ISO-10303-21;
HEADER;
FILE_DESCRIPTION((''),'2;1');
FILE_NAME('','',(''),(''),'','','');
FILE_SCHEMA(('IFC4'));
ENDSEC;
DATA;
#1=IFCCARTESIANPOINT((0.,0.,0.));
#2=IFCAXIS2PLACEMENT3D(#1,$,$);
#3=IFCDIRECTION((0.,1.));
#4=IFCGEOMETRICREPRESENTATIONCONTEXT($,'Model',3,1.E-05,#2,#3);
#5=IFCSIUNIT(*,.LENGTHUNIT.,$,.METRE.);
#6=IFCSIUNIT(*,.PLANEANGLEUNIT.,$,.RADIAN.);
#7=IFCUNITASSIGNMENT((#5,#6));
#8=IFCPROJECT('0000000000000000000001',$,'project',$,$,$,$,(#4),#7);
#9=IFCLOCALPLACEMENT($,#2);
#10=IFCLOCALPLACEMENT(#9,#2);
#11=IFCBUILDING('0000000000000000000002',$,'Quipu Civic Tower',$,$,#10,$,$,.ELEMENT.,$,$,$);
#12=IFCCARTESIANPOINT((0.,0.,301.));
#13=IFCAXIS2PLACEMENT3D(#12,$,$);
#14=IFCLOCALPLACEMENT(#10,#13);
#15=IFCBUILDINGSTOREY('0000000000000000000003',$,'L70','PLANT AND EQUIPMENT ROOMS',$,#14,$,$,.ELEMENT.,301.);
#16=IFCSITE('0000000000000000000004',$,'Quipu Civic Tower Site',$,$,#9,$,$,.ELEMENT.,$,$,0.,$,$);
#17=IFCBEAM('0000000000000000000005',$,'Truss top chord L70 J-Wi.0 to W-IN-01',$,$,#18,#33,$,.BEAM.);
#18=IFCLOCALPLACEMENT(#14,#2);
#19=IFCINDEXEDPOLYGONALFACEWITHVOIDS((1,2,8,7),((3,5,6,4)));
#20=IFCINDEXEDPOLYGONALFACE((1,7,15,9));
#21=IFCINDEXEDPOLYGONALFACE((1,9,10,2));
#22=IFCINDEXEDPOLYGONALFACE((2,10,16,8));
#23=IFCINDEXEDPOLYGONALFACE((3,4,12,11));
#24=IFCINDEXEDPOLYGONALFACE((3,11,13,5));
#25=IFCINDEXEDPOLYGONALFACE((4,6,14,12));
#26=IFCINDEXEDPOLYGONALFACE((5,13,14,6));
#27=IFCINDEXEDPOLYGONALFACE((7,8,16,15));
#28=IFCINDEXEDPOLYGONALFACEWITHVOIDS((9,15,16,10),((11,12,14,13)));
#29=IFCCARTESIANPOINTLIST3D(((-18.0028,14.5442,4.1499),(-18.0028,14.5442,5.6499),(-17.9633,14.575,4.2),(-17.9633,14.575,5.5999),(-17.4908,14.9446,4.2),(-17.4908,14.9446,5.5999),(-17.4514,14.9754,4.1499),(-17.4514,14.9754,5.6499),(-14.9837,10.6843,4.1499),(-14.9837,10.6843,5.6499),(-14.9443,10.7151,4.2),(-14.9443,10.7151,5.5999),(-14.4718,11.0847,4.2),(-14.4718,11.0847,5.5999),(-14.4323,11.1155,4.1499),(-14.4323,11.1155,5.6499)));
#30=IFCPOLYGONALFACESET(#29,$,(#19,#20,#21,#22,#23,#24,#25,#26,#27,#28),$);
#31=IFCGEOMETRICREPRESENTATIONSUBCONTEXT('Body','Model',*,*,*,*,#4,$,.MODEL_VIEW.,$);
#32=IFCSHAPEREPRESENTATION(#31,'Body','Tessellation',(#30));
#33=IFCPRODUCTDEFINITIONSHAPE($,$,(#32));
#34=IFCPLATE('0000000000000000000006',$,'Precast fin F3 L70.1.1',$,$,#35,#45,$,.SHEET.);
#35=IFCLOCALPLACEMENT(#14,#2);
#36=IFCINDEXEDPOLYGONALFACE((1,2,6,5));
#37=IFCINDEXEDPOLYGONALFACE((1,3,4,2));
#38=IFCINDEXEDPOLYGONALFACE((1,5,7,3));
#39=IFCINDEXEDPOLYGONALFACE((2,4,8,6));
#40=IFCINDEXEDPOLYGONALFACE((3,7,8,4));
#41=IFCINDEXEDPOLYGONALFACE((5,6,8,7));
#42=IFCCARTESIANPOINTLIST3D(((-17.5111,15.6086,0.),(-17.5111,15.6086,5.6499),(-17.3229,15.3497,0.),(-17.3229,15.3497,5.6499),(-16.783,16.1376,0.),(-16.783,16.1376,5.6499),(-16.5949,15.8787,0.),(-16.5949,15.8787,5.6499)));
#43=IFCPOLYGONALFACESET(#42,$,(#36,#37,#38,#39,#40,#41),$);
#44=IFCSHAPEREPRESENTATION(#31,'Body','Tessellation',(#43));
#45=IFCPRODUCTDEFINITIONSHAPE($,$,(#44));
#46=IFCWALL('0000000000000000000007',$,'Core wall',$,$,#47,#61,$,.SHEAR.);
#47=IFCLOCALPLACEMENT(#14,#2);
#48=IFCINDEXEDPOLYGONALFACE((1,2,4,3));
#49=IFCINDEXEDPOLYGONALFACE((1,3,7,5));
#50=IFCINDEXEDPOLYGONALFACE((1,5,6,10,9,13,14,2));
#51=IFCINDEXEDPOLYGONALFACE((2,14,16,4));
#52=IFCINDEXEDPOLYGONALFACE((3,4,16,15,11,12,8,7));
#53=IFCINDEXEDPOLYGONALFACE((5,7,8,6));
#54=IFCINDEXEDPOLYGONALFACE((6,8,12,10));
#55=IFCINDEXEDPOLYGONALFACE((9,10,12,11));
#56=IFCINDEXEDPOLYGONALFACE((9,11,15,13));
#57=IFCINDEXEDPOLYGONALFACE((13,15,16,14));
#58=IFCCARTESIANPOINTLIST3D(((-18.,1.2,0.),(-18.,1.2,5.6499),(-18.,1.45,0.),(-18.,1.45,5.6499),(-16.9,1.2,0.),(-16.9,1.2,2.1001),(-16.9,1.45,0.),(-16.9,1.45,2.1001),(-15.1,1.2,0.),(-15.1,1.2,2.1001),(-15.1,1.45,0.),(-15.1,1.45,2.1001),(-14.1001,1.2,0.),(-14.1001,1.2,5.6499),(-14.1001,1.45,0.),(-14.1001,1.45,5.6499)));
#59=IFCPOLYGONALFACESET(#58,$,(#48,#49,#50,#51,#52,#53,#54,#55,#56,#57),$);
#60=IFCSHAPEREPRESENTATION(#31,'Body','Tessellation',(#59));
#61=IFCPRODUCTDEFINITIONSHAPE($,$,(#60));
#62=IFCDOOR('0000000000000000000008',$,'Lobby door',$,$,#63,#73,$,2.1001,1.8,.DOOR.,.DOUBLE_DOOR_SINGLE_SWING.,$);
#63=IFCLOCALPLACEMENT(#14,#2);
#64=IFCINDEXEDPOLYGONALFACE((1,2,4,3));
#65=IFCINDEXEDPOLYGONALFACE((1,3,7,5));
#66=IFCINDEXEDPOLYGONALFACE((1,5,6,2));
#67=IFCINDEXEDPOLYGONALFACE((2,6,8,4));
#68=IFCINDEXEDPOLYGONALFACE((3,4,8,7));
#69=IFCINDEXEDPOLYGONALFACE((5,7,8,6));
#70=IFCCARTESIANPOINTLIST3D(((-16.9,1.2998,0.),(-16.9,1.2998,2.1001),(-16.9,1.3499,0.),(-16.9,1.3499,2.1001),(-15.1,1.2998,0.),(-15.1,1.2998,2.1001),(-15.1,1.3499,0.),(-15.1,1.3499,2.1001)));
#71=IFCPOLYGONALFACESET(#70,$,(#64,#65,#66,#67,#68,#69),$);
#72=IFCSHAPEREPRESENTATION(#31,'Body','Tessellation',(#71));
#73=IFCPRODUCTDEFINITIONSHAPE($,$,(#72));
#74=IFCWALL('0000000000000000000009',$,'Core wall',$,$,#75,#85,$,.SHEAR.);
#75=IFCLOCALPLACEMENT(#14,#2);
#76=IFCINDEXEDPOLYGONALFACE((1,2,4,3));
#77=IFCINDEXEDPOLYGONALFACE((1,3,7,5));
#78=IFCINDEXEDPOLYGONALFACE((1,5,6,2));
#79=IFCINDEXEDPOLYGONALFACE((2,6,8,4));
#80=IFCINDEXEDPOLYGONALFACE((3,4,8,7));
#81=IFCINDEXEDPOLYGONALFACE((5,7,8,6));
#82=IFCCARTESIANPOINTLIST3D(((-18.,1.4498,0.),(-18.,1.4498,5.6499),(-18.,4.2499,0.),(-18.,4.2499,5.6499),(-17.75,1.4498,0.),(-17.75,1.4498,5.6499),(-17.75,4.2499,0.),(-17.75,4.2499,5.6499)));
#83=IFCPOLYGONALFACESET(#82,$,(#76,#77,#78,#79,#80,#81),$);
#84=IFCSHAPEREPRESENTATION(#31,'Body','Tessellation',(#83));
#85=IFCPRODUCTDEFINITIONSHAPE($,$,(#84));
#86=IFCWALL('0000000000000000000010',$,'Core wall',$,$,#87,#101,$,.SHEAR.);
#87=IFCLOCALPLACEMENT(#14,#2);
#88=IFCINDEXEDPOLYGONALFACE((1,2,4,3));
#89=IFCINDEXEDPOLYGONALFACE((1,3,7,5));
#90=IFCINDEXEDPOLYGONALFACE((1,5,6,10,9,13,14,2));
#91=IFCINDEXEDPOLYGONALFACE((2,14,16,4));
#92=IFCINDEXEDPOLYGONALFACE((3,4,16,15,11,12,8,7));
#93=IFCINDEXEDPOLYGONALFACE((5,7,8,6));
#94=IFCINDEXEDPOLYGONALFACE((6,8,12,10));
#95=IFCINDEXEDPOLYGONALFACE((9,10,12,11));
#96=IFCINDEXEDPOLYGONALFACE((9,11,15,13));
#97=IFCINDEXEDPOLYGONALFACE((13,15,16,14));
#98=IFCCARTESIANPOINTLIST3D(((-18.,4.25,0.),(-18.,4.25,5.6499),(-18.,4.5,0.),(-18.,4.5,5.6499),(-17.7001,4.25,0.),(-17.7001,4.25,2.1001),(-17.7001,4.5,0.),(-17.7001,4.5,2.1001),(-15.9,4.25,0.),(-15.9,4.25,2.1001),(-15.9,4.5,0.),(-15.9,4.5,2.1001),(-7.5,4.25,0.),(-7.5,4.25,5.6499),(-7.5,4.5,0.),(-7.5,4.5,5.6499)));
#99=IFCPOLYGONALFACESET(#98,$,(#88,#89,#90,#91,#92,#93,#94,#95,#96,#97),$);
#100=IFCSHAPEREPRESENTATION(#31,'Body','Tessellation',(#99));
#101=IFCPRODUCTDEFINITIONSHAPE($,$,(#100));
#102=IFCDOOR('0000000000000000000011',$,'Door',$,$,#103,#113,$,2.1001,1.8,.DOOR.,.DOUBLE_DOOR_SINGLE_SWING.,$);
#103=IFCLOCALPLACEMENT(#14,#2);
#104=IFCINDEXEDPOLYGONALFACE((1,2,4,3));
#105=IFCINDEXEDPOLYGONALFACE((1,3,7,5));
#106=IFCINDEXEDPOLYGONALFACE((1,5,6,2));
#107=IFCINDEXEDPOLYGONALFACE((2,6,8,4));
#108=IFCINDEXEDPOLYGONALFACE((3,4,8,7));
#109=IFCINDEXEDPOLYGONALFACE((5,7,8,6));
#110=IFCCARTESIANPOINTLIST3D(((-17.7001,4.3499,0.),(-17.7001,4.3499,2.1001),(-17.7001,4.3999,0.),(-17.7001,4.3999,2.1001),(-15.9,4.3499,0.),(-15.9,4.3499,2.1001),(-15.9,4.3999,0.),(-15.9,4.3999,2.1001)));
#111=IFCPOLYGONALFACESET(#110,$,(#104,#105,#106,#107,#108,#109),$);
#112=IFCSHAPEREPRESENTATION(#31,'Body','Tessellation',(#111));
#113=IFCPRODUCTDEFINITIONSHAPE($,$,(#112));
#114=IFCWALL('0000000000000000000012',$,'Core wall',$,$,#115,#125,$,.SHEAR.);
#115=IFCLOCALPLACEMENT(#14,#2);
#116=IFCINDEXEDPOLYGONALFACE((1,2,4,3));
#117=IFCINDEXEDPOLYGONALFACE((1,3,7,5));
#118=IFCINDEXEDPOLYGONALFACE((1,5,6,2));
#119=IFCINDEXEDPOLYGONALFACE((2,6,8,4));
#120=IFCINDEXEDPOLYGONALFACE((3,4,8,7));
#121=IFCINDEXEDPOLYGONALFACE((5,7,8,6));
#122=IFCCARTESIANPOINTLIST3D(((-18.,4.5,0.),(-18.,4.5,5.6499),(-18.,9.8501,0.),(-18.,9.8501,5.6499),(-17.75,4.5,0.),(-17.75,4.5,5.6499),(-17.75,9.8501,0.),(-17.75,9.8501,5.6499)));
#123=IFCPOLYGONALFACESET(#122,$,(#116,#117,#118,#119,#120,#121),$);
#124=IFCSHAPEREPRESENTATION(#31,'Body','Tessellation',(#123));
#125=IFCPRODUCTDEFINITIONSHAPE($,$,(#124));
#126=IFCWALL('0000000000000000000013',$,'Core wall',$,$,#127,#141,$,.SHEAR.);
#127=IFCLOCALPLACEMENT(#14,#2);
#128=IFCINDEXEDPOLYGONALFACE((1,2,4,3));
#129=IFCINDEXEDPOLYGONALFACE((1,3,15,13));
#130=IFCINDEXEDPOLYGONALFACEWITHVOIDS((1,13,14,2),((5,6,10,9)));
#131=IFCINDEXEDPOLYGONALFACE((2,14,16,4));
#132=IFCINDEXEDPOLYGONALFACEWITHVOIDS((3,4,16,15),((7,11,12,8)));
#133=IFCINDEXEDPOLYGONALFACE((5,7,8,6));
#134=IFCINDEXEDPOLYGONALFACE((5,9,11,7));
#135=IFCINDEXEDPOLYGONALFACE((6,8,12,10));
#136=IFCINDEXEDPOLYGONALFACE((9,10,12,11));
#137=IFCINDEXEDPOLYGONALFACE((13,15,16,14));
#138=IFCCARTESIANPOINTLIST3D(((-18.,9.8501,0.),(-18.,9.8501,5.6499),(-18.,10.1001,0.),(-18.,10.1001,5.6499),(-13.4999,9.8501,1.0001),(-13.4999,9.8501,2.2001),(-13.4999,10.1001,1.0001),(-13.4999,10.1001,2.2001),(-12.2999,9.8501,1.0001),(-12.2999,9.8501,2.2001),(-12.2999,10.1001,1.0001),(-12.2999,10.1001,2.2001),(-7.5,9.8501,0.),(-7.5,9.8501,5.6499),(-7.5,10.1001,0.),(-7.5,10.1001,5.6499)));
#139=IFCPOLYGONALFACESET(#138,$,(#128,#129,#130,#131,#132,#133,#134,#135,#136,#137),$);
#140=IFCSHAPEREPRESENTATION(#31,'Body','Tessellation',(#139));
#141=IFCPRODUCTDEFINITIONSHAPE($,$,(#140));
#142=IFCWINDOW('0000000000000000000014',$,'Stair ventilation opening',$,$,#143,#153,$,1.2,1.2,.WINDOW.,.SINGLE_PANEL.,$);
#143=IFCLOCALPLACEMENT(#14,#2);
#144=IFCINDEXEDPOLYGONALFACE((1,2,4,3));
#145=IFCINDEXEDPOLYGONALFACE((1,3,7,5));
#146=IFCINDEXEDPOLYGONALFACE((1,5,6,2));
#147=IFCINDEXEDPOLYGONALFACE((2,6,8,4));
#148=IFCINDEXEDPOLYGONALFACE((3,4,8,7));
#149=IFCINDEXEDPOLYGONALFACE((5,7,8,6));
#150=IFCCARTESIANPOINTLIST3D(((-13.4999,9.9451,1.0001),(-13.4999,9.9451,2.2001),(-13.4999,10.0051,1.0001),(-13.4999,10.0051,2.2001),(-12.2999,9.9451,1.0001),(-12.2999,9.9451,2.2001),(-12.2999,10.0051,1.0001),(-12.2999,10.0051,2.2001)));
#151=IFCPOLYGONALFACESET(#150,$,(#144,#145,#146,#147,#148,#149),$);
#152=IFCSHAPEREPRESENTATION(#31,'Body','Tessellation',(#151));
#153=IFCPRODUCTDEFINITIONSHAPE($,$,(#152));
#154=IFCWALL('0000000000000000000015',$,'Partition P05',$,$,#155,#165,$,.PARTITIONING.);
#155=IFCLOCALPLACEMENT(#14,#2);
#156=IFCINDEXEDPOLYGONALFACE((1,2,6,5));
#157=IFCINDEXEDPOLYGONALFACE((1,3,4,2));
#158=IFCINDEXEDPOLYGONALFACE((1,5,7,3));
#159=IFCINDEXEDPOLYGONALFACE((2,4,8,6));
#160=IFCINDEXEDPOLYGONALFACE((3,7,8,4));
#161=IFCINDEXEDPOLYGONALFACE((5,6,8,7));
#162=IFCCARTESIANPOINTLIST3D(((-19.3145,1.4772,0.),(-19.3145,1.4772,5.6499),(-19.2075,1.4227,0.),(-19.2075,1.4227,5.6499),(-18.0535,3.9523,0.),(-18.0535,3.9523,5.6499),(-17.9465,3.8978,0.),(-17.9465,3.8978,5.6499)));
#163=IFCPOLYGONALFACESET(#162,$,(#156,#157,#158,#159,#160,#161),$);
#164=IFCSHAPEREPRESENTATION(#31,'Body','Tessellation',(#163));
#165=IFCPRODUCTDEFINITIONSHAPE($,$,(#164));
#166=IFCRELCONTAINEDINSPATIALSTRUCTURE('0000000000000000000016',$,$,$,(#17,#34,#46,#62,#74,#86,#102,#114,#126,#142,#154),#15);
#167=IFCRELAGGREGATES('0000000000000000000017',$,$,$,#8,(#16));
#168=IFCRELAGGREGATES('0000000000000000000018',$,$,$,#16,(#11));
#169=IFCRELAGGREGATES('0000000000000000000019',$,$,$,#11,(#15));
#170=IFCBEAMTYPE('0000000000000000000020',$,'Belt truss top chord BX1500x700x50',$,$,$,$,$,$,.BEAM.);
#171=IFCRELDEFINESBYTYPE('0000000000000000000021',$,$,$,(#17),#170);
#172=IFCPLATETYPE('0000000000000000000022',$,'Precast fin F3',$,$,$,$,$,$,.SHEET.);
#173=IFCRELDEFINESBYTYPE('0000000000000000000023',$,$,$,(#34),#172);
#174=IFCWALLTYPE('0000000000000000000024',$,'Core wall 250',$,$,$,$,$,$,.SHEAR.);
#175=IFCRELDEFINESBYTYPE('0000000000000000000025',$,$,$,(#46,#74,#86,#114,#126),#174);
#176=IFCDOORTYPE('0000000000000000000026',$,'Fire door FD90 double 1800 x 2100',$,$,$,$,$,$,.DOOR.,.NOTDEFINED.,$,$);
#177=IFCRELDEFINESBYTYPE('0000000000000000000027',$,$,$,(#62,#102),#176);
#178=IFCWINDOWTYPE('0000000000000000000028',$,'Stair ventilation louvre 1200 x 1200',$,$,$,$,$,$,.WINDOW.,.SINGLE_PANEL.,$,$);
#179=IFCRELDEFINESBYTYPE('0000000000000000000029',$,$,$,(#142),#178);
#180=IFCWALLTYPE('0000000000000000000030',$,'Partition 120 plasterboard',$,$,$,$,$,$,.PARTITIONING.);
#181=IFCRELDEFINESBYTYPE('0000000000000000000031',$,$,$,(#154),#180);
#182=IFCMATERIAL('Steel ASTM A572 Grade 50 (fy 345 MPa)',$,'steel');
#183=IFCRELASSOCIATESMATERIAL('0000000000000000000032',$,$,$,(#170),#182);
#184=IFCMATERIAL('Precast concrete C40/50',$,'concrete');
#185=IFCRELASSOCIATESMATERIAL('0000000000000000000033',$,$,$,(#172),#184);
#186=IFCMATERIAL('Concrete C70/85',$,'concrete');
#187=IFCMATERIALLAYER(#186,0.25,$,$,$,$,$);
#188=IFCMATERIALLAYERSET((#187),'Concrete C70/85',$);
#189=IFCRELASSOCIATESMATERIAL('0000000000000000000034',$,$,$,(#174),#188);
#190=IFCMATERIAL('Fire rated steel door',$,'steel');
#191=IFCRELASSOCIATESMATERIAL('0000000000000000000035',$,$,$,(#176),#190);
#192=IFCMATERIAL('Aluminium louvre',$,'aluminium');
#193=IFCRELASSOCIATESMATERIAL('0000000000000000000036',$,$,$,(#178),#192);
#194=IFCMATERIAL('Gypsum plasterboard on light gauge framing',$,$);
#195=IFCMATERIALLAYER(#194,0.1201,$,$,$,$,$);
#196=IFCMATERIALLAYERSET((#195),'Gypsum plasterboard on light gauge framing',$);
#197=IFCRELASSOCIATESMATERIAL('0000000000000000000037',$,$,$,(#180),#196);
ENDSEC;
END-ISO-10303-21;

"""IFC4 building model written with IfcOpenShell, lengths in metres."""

from ifc_helpers import new_model, si_unit, direction, frame, frame_2d, origin, origin_2d, place, context, subcontext, project, spatial, rectangle, hollow_rectangle, extrude, material, layer, layer_set, material_profile, profile_set, type_object, element, fill, save


model = new_model("IFC4")

# Units and contexts
model_context = context("Model", 3, precision=1e-05, world=origin(), true_north=direction((0.0, 1.0)))
body_context = subcontext(model_context, "Body", "Model", "MODEL_VIEW")
ifc_project = project(units=[si_unit("LENGTHUNIT", "METRE"), si_unit("PLANEANGLEUNIT", "RADIAN")], contexts=[model_context])

# Site, building, storey
site_placement = place(None, origin())
site = spatial("IfcSite", under=ifc_project, at=site_placement, Name="Quipu Civic Tower Site", CompositionType="ELEMENT", RefElevation=0.0)
building_placement = place(site_placement, origin())
building = spatial("IfcBuilding", under=site, at=building_placement, Name="Quipu Civic Tower", CompositionType="ELEMENT")
storey_placement = place(building_placement, frame((0.0, 0.0, 301.0)))
storey = spatial("IfcBuildingStorey", under=building, at=storey_placement, Name="L70", Description="PLANT AND EQUIPMENT ROOMS", CompositionType="ELEMENT", Elevation=301.0)

# Beam
ifc_material_1 = material(Name="Steel ASTM A572 Grade 50 (fy 345 MPa)", Category="steel")
ifc_material_profile_1 = material_profile(ifc_material_1, hollow_rectangle(XDim=0.7, YDim=1.5, WallThickness=0.05, at=origin_2d()), Name="BX1500x700x50")
ifc_profile_set_1 = profile_set([ifc_material_profile_1], Name="Steel ASTM A572 Grade 50 (fy 345 MPa)")
beam_type_1 = type_object("IfcBeamType", Name="Belt truss top chord BX1500x700x50", PredefinedType="BEAM", material=ifc_profile_set_1)
beam_1_placement = place(storey_placement, frame((-14.708, 10.8999, 4.8999), z_axis=(-0.616091, 0.787675, 0.0), x_axis=(-0.787675, -0.616091, 0.0)))
element("IfcBeam", 1, at=beam_1_placement, inside=storey, type_object=beam_type_1, Name="Truss top chord L70 J-Wi.0 to W-IN-01", PredefinedType="BEAM", context=body_context, shape_type="SweptSolid", body=[
    extrude(hollow_rectangle(XDim=0.7, YDim=1.5, WallThickness=0.05, at=origin_2d()), origin(), (0.0, 0.0, 1.0), 4.9004),
])

# Plate
ifc_material_2 = material(Name="Precast concrete C40/50", Category="concrete")
plate_type = type_object("IfcPlateType", Name="Precast fin F3", PredefinedType="SHEET", material=ifc_material_2)
plate_placement = place(storey_placement, frame((-17.053, 15.7437, 0.0), z_axis=(0.0, 0.0, 1.0), x_axis=(-0.587784, 0.809018, 0.0)))
element("IfcPlate", 2, at=plate_placement, inside=storey, type_object=plate_type, Name="Precast fin F3 L70.1.1", PredefinedType="SHEET", context=body_context, shape_type="SweptSolid", body=[
    extrude(rectangle(XDim=0.3201, YDim=0.8999, at=origin_2d()), origin(), (0.0, 0.0, 1.0), 5.6499),
])

# Wall, opening, door
ifc_material_3 = material(Name="Concrete C70/85", Category="concrete")
ifc_layer_1 = layer(ifc_material_3, 0.25)
ifc_layer_set_1 = layer_set([ifc_layer_1], Name="Concrete C70/85")
wall_type_1 = type_object("IfcWallType", Name="Core wall 250", PredefinedType="SHEAR", material=ifc_layer_set_1)
wall_1_placement = place(storey_placement, frame((-18.0, 1.325, 0.0), z_axis=(0.0, 0.0, 1.0), x_axis=(1.0, 0.0, 0.0)))
wall_1 = element("IfcWall", 3, at=wall_1_placement, inside=storey, type_object=wall_type_1, Name="Core wall", PredefinedType="SHEAR", context=body_context, shape_type="SweptSolid", body=[
    extrude(rectangle(XDim=3.8999, YDim=0.25, at=frame_2d((1.95, 0.0))), origin(), (0.0, 0.0, 1.0), 5.6499),
])
opening_1_placement = place(wall_1_placement, frame((1.1001, 0.0, 0.0)))
opening_1 = element("IfcOpeningElement", 4, at=opening_1_placement, cuts=wall_1, PredefinedType="OPENING", context=body_context, shape_type="SweptSolid", body=[
    extrude(rectangle(XDim=1.8, YDim=2.1001, at=frame_2d((0.8999, 1.05))), frame((0.0, 0.135, 0.0), z_axis=(0.0, -1.0, 0.0), x_axis=(1.0, 0.0, 0.0)), (0.0, 0.0, 1.0), 0.27),
])
ifc_material_4 = material(Name="Fire rated steel door", Category="steel")
door_type = type_object("IfcDoorType", Name="Fire door FD90 double 1800 x 2100", OperationType="NOTDEFINED", PredefinedType="DOOR", material=ifc_material_4)
door_1_placement = place(opening_1_placement, origin())
door_1 = element("IfcDoor", 5, at=door_1_placement, inside=storey, type_object=door_type, Name="Lobby door", OperationType="DOUBLE_DOOR_SINGLE_SWING", OverallHeight=2.1001, OverallWidth=1.8, PredefinedType="DOOR", context=body_context, shape_type="SweptSolid", body=[
    extrude(rectangle(XDim=1.8, YDim=2.1001, at=frame_2d((0.8999, 1.05))), frame((0.0, 0.0249, 0.0), z_axis=(0.0, -1.0, 0.0), x_axis=(1.0, 0.0, 0.0)), (0.0, 0.0, 1.0), 0.05),
])
fill(opening_1, door_1)

# Wall
wall_2_placement = place(storey_placement, frame((-17.875, 1.45, 0.0), z_axis=(0.0, 0.0, 1.0), x_axis=(0.0, 1.0, 0.0)))
element("IfcWall", 6, at=wall_2_placement, inside=storey, type_object=wall_type_1, Name="Core wall", PredefinedType="SHEAR", context=body_context, shape_type="SweptSolid", body=[
    extrude(rectangle(XDim=2.8, YDim=0.25, at=frame_2d((1.3999, 0.0))), origin(), (0.0, 0.0, 1.0), 5.6499),
])

# Wall, opening, door
wall_3_placement = place(storey_placement, frame((-18.0, 4.375, 0.0), z_axis=(0.0, 0.0, 1.0), x_axis=(1.0, 0.0, 0.0)))
wall_3 = element("IfcWall", 7, at=wall_3_placement, inside=storey, type_object=wall_type_1, Name="Core wall", PredefinedType="SHEAR", context=body_context, shape_type="SweptSolid", body=[
    extrude(rectangle(XDim=10.5, YDim=0.25, at=frame_2d((5.25, 0.0))), origin(), (0.0, 0.0, 1.0), 5.6499),
])
opening_2_placement = place(wall_3_placement, frame((0.3, 0.0, 0.0)))
opening_2 = element("IfcOpeningElement", 8, at=opening_2_placement, cuts=wall_3, PredefinedType="OPENING", context=body_context, shape_type="SweptSolid", body=[
    extrude(rectangle(XDim=1.8, YDim=2.1001, at=frame_2d((0.8999, 1.05))), frame((0.0, 0.135, 0.0), z_axis=(0.0, -1.0, 0.0), x_axis=(1.0, 0.0, 0.0)), (0.0, 0.0, 1.0), 0.27),
])
door_2_placement = place(opening_2_placement, origin())
door_2 = element("IfcDoor", 9, at=door_2_placement, inside=storey, type_object=door_type, Name="Door", OperationType="DOUBLE_DOOR_SINGLE_SWING", OverallHeight=2.1001, OverallWidth=1.8, PredefinedType="DOOR", context=body_context, shape_type="SweptSolid", body=[
    extrude(rectangle(XDim=1.8, YDim=2.1001, at=frame_2d((0.8999, 1.05))), frame((0.0, 0.0249, 0.0), z_axis=(0.0, -1.0, 0.0), x_axis=(1.0, 0.0, 0.0)), (0.0, 0.0, 1.0), 0.05),
])
fill(opening_2, door_2)

# Wall
wall_4_placement = place(storey_placement, frame((-17.875, 4.5, 0.0), z_axis=(0.0, 0.0, 1.0), x_axis=(0.0, 1.0, 0.0)))
element("IfcWall", 10, at=wall_4_placement, inside=storey, type_object=wall_type_1, Name="Core wall", PredefinedType="SHEAR", context=body_context, shape_type="SweptSolid", body=[
    extrude(rectangle(XDim=5.3501, YDim=0.25, at=frame_2d((2.675, 0.0))), origin(), (0.0, 0.0, 1.0), 5.6499),
])

# Wall, opening, window
wall_5_placement = place(storey_placement, frame((-18.0, 9.9751, 0.0), z_axis=(0.0, 0.0, 1.0), x_axis=(1.0, 0.0, 0.0)))
wall_5 = element("IfcWall", 11, at=wall_5_placement, inside=storey, type_object=wall_type_1, Name="Core wall", PredefinedType="SHEAR", context=body_context, shape_type="SweptSolid", body=[
    extrude(rectangle(XDim=10.5, YDim=0.25, at=frame_2d((5.25, 0.0))), origin(), (0.0, 0.0, 1.0), 5.6499),
])
opening_3_placement = place(wall_5_placement, frame((4.5, 0.0, 1.0)))
opening_3 = element("IfcOpeningElement", 12, at=opening_3_placement, cuts=wall_5, PredefinedType="OPENING", context=body_context, shape_type="SweptSolid", body=[
    extrude(rectangle(XDim=1.2, YDim=1.2, at=frame_2d((0.6001, 0.6001))), frame((0.0, 0.135, 0.0), z_axis=(0.0, -1.0, 0.0), x_axis=(1.0, 0.0, 0.0)), (0.0, 0.0, 1.0), 0.27),
])
ifc_material_5 = material(Name="Aluminium louvre", Category="aluminium")
window_type = type_object("IfcWindowType", Name="Stair ventilation louvre 1200 x 1200", PartitioningType="SINGLE_PANEL", PredefinedType="WINDOW", material=ifc_material_5)
window_placement = place(opening_3_placement, origin())
window = element("IfcWindow", 13, at=window_placement, inside=storey, type_object=window_type, Name="Stair ventilation opening", OverallHeight=1.2, OverallWidth=1.2, PartitioningType="SINGLE_PANEL", PredefinedType="WINDOW", context=body_context, shape_type="SweptSolid", body=[
    extrude(rectangle(XDim=1.2, YDim=1.2, at=frame_2d((0.6001, 0.6001))), frame((0.0, 0.03, 0.0), z_axis=(0.0, -1.0, 0.0), x_axis=(1.0, 0.0, 0.0)), (0.0, 0.0, 1.0), 0.0601),
])
fill(opening_3, window)

# Wall
ifc_material_6 = material(Name="Gypsum plasterboard on light gauge framing")
ifc_layer_2 = layer(ifc_material_6, 0.1201)
ifc_layer_set_2 = layer_set([ifc_layer_2], Name="Gypsum plasterboard on light gauge framing")
wall_type_2 = type_object("IfcWallType", Name="Partition 120 plasterboard", PredefinedType="PARTITIONING", material=ifc_layer_set_2)
wall_6_placement = place(storey_placement, frame((-19.261, 1.45, 0.0), z_axis=(0.0, 0.0, 1.0), x_axis=(0.453951, 0.891027, 0.0)))
element("IfcWall", 14, at=wall_6_placement, inside=storey, type_object=wall_type_2, Name="Partition P05", PredefinedType="PARTITIONING", context=body_context, shape_type="SweptSolid", body=[
    extrude(rectangle(XDim=2.7778, YDim=0.1201, at=frame_2d((1.3889, 0.0))), origin(), (0.0, 0.0, 1.0), 5.6499),
])

save(model, "model.ifc")
